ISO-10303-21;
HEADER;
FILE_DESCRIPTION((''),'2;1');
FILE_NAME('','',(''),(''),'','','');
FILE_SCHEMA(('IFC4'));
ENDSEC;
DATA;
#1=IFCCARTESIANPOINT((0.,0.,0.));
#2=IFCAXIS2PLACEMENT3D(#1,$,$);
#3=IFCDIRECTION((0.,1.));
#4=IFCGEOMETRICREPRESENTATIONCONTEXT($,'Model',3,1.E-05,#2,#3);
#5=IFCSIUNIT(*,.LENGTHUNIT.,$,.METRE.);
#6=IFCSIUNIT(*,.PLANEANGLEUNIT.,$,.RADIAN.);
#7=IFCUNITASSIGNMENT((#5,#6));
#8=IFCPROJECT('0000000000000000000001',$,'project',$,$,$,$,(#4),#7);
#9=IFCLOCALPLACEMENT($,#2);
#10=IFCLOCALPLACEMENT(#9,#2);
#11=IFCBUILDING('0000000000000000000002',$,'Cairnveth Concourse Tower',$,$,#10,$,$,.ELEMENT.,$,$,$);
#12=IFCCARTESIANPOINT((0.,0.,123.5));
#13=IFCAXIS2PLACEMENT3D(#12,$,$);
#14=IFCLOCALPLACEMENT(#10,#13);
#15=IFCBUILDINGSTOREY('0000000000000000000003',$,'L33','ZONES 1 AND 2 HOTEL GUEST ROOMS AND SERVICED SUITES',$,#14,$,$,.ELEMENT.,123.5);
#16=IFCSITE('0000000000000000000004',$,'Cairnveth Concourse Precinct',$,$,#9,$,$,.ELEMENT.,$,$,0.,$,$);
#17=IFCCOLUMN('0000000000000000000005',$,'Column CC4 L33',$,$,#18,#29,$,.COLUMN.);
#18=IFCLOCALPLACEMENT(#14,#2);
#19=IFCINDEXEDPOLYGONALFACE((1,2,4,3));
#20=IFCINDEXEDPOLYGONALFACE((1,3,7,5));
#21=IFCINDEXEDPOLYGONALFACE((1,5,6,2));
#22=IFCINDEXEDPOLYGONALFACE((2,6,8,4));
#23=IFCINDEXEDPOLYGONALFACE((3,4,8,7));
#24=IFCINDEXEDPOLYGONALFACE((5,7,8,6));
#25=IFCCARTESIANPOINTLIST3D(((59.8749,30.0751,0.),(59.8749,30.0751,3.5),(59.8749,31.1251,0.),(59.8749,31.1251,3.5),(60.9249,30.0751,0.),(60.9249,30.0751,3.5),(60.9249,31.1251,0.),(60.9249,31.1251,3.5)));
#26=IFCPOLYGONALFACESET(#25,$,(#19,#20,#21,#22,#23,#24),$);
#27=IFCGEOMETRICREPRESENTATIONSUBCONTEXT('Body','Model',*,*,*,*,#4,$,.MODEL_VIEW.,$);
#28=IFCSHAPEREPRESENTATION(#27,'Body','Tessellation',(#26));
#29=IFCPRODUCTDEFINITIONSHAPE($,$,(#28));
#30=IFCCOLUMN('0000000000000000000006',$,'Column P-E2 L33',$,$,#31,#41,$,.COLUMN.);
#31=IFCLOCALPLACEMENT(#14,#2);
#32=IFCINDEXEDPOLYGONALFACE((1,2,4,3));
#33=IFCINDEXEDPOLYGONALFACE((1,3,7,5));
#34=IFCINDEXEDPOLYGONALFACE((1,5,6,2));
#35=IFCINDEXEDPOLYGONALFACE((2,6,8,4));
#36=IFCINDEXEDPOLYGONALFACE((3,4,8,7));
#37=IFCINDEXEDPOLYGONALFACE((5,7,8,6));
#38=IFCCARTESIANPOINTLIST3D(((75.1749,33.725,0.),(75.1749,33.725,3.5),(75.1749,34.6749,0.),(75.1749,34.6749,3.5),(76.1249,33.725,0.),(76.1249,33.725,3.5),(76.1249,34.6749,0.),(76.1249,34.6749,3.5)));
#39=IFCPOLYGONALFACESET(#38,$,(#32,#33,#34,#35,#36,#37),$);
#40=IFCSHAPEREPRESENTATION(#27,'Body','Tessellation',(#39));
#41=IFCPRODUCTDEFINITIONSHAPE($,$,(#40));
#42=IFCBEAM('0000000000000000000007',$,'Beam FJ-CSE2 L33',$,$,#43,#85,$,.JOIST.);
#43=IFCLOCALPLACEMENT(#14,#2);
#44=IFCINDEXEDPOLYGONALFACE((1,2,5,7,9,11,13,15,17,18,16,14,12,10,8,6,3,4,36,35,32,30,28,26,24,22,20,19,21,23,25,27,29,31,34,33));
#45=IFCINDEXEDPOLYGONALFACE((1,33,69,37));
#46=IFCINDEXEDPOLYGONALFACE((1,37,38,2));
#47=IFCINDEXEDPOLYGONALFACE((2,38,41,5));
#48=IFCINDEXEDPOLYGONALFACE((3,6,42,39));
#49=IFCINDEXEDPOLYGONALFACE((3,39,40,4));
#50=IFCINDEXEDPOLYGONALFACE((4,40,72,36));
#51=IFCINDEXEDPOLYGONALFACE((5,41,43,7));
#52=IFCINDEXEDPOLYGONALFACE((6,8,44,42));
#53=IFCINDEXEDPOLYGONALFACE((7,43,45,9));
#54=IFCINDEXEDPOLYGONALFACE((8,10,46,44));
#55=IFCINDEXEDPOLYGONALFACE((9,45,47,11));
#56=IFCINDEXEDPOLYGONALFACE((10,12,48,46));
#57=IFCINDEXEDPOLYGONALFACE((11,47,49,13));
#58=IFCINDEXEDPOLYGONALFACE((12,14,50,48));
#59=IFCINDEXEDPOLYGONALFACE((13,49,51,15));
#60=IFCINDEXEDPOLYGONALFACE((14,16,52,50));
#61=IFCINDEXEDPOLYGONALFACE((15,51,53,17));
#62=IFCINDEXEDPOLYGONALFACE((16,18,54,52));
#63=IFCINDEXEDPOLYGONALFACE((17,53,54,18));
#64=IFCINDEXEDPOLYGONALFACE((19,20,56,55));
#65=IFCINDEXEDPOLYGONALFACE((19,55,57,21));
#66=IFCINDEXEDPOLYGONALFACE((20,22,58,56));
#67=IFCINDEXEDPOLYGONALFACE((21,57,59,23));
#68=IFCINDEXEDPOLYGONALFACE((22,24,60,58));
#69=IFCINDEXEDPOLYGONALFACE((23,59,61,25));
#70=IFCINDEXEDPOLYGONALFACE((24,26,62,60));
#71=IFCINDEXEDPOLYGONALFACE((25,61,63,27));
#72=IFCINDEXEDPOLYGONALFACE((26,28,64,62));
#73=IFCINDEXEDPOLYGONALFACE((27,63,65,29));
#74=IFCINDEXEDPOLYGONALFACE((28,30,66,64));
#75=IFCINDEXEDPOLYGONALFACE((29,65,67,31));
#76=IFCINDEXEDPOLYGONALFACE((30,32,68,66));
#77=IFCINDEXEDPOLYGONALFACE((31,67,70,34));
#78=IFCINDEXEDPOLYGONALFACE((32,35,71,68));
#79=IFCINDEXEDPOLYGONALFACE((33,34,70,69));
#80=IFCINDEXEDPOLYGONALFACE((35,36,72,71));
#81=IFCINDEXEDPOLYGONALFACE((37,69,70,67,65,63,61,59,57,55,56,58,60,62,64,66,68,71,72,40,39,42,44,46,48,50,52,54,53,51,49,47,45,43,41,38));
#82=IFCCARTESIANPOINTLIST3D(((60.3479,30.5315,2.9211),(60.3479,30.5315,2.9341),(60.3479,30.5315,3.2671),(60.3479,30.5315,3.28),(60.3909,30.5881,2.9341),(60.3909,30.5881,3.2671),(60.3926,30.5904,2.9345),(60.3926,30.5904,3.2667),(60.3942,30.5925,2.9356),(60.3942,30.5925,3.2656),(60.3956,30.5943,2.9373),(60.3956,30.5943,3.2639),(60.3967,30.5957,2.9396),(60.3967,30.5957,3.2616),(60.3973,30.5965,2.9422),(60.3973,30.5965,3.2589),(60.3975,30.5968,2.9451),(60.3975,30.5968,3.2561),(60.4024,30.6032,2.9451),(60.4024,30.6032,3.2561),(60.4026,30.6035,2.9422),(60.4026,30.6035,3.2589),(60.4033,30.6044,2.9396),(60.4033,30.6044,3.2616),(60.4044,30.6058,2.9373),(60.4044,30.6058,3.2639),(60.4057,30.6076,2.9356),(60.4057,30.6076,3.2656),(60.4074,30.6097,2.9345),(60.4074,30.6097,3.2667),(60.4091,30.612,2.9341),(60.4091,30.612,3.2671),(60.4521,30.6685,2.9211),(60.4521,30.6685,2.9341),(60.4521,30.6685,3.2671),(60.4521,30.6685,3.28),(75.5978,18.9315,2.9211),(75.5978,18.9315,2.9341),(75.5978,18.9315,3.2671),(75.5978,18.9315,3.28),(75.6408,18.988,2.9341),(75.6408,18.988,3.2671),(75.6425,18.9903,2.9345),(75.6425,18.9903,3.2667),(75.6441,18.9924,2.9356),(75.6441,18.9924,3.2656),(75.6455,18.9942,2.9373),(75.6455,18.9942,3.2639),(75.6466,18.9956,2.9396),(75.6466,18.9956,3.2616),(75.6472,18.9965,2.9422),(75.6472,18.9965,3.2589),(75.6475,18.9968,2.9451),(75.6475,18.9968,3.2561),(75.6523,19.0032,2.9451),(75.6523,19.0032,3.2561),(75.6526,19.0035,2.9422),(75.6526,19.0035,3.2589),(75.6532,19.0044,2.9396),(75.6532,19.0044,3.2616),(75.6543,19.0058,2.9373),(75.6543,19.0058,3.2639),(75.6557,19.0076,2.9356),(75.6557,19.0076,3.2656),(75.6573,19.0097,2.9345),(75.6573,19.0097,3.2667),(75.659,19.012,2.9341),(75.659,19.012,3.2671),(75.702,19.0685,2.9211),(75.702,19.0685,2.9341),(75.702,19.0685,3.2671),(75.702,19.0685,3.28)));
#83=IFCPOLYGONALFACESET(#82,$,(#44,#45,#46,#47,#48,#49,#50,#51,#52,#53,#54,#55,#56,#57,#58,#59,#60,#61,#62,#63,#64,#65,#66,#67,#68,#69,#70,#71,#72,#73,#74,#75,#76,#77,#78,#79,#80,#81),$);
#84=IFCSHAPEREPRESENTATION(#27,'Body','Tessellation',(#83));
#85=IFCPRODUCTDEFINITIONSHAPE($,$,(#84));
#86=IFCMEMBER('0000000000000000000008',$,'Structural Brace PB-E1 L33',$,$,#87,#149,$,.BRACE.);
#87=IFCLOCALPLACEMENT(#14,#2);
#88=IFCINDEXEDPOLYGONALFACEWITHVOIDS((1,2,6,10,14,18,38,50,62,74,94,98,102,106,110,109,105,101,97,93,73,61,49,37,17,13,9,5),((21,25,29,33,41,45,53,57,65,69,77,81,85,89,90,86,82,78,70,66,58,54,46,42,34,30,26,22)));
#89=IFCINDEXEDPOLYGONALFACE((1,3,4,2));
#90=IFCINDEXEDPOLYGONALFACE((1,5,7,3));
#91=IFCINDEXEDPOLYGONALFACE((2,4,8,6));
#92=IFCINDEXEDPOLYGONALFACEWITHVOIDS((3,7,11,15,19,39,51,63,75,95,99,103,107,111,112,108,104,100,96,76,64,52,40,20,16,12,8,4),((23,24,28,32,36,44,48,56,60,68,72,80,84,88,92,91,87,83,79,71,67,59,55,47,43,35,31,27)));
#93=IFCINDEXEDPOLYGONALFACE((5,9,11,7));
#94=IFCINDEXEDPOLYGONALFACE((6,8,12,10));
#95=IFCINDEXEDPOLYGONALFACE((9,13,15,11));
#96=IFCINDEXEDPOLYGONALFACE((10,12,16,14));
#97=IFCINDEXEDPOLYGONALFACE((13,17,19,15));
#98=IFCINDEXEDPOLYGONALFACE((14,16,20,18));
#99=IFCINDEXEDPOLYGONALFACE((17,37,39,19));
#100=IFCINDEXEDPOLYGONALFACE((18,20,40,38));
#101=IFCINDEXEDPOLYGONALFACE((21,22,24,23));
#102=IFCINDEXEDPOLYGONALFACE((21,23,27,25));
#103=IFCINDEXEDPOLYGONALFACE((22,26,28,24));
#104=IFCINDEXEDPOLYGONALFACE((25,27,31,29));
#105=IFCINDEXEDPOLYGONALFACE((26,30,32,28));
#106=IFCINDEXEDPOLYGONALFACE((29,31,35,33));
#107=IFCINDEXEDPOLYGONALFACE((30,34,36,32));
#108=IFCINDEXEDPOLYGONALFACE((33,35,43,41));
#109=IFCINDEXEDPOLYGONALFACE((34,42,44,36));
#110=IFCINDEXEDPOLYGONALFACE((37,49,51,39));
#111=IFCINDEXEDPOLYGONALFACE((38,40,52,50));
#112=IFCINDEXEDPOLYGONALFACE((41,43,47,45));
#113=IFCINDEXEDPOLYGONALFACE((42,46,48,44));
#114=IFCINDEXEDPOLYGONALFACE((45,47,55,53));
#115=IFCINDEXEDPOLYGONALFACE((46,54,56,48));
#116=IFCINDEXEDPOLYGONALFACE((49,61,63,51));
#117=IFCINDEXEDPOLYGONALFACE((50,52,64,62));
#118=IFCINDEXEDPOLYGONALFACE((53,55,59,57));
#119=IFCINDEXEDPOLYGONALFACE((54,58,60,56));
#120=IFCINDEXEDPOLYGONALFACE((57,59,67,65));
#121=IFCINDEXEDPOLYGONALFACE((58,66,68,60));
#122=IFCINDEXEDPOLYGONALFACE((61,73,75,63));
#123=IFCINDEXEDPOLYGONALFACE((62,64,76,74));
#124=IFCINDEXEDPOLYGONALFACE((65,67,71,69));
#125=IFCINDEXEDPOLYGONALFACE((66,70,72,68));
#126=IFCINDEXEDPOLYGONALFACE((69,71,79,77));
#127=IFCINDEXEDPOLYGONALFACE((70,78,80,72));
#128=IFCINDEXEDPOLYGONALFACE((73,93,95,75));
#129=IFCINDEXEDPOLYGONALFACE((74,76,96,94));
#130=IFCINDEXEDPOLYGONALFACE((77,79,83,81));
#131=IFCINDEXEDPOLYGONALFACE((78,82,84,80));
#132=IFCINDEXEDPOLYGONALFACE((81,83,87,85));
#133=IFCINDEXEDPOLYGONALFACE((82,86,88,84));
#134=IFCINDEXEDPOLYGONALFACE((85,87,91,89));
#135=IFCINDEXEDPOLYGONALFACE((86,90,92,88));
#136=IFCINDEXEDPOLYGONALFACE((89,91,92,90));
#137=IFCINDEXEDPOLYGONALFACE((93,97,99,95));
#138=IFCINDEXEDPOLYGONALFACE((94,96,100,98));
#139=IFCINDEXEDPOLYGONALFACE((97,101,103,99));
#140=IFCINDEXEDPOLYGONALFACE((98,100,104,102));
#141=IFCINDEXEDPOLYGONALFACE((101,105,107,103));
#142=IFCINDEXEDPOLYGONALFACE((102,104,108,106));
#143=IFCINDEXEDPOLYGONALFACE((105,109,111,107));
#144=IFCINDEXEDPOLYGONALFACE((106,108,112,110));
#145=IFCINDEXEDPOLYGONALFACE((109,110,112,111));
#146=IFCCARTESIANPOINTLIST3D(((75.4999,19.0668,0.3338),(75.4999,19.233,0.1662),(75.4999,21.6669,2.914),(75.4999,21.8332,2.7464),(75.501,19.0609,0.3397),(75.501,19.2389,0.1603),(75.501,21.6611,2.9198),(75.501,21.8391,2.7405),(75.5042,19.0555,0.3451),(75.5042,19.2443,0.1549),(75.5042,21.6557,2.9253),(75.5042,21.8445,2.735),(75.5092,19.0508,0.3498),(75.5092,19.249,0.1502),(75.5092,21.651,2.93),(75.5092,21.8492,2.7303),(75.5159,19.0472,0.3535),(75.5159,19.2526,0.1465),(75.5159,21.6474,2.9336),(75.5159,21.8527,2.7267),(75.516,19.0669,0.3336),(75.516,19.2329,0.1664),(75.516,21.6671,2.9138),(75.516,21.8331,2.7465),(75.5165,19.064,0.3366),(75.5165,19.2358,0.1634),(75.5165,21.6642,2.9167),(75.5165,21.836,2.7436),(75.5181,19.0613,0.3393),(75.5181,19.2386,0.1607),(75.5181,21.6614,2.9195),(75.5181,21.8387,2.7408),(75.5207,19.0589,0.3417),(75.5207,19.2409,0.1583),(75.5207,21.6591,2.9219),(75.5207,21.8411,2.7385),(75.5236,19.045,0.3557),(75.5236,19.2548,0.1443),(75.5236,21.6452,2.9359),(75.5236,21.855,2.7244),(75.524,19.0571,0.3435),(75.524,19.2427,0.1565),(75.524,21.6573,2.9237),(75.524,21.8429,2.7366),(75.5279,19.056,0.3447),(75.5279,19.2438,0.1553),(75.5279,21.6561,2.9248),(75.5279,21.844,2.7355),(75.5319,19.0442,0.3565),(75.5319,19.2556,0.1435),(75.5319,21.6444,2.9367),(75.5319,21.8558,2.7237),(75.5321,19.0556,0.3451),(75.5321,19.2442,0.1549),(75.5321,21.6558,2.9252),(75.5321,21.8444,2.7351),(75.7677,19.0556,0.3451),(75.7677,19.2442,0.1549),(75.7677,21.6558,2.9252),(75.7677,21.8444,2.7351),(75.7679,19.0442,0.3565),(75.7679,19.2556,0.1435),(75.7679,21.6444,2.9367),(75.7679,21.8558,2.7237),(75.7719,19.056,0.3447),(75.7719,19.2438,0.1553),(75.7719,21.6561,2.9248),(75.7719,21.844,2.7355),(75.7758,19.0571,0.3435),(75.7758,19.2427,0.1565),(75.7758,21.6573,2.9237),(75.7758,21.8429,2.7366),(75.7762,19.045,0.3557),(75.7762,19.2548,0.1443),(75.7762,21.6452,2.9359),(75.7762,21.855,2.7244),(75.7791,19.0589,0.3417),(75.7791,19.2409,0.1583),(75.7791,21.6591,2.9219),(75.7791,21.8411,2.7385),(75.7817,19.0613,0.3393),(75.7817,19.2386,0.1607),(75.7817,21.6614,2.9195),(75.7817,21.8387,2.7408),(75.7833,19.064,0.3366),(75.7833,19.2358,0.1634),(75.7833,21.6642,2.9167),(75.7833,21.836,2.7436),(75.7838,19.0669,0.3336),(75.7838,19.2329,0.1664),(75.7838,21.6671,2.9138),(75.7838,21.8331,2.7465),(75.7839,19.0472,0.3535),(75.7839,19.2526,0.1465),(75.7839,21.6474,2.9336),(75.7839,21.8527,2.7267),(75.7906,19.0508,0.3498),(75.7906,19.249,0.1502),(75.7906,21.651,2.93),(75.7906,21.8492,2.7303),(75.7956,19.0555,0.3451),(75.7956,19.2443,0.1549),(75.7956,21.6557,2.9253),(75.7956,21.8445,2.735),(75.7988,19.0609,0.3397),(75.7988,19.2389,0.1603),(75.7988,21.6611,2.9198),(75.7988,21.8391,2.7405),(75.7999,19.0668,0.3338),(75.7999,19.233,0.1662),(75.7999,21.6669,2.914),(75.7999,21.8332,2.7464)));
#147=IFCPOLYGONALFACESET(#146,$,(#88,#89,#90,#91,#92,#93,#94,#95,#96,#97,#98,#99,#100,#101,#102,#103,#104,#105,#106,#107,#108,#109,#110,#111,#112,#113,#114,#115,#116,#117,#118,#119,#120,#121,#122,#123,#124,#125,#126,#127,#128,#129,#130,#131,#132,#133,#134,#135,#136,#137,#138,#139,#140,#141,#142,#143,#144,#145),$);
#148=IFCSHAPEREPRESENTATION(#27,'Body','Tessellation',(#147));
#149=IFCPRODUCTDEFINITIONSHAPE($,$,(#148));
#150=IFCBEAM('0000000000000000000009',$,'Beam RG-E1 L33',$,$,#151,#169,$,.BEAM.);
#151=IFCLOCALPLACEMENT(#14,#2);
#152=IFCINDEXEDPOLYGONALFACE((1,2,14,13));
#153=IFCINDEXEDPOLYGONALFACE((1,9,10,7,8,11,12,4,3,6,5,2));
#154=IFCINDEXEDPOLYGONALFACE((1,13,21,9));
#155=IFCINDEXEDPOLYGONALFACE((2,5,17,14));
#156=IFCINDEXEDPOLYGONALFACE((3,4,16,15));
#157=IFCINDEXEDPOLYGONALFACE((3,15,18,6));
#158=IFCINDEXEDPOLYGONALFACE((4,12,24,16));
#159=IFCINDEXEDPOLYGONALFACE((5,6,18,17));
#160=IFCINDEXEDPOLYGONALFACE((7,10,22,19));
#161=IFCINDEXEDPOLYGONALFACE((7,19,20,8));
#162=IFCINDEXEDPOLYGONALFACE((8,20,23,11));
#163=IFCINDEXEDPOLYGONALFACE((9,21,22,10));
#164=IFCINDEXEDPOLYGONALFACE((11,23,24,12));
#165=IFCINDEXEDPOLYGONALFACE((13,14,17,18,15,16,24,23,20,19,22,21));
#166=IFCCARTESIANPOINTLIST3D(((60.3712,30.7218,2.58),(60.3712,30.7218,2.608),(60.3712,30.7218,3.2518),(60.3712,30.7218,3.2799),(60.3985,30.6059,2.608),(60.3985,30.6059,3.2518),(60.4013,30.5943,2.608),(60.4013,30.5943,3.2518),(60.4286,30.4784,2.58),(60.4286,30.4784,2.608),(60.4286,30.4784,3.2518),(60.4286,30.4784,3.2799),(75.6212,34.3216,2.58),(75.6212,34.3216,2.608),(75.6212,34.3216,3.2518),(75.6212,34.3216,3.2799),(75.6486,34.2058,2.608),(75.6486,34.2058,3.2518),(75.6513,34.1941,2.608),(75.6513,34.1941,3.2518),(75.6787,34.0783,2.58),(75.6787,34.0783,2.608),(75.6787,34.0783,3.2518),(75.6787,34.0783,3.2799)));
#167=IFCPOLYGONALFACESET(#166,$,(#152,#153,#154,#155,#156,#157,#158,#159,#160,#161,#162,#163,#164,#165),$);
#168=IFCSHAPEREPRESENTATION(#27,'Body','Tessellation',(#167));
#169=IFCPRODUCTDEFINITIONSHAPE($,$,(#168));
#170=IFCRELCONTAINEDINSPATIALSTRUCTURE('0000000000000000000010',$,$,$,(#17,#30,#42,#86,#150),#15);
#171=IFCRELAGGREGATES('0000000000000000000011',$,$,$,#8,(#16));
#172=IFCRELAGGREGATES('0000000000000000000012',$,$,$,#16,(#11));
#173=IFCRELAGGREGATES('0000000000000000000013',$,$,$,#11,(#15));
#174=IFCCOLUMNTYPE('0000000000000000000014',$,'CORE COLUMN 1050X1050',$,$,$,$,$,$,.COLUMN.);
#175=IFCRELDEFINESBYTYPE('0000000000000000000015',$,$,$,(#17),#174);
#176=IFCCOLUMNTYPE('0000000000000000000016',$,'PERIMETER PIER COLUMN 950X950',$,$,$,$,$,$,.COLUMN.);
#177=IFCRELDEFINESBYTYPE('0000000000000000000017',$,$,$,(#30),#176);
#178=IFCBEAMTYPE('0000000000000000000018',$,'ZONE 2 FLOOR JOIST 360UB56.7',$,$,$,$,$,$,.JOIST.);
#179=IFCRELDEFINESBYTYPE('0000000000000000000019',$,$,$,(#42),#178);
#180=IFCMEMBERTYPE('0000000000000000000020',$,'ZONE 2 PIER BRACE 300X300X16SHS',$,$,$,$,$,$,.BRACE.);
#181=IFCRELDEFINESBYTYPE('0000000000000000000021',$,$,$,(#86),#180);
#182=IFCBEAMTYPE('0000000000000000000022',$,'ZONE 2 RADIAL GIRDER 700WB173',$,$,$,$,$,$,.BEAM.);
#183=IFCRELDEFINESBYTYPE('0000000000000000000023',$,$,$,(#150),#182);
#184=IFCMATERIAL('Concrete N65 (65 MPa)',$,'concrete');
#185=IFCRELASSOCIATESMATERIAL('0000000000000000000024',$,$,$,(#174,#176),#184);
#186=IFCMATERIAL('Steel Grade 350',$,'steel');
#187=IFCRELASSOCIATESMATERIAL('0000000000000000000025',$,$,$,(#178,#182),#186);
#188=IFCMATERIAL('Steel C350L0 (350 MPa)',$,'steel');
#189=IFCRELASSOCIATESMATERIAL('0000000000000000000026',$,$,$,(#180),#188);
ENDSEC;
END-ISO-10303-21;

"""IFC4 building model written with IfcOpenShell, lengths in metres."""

from ifc_helpers import new_model, si_unit, direction, frame, origin, origin_2d, place, context, subcontext, project, spatial, rectangle, hollow_rectangle, i_section, extrude, material, material_profile, profile_set, type_object, element, save


model = new_model("IFC4")

# Units and contexts
model_context = context("Model", 3, precision=1e-05, world=origin(), true_north=direction((0.0, 1.0)))
body_context = subcontext(model_context, "Body", "Model", "MODEL_VIEW")
ifc_project = project(units=[si_unit("LENGTHUNIT", "METRE"), si_unit("PLANEANGLEUNIT", "RADIAN")], contexts=[model_context])

# Site, building, storey
site_placement = place(None, origin())
site = spatial("IfcSite", under=ifc_project, at=site_placement, Name="Cairnveth Concourse Precinct", CompositionType="ELEMENT", RefElevation=0.0)
building_placement = place(site_placement, origin())
building = spatial("IfcBuilding", under=site, at=building_placement, Name="Cairnveth Concourse Tower", CompositionType="ELEMENT")
storey_placement = place(building_placement, frame((0.0, 0.0, 123.5)))
storey = spatial("IfcBuildingStorey", under=building, at=storey_placement, Name="L33", Description="ZONES 1 AND 2 HOTEL GUEST ROOMS AND SERVICED SUITES", CompositionType="ELEMENT", Elevation=123.5)

# Columns
ifc_material_1 = material(Name="Concrete N65 (65 MPa)", Category="concrete")
ifc_material_profile_1 = material_profile(ifc_material_1, rectangle(XDim=1.05, YDim=1.05, at=origin_2d()), Name="RC-COL-1050x1050")
ifc_profile_set_1 = profile_set([ifc_material_profile_1], Name="Concrete N65 (65 MPa)")
column_type_1 = type_object("IfcColumnType", Name="CORE COLUMN 1050X1050", PredefinedType="COLUMN", material=ifc_profile_set_1)
column_1_placement = place(storey_placement, frame((60.3999, 30.6001, 0.0), z_axis=(0.0, 0.0, 1.0), x_axis=(1.0, 0.0, 0.0)))
element("IfcColumn", 1, at=column_1_placement, inside=storey, type_object=column_type_1, Name="Column CC4 L33", PredefinedType="COLUMN", context=body_context, shape_type="SweptSolid", body=[
    extrude(rectangle(XDim=1.05, YDim=1.05, at=origin_2d()), origin(), (0.0, 0.0, 1.0), 3.5),
])
ifc_material_profile_2 = material_profile(ifc_material_1, rectangle(XDim=0.95, YDim=0.95, at=origin_2d()), Name="RC-COL-950x950")
ifc_profile_set_2 = profile_set([ifc_material_profile_2], Name="Concrete N65 (65 MPa)")
column_type_2 = type_object("IfcColumnType", Name="PERIMETER PIER COLUMN 950X950", PredefinedType="COLUMN", material=ifc_profile_set_2)
column_2_placement = place(storey_placement, frame((75.6499, 34.2, 0.0), z_axis=(0.0, 0.0, 1.0), x_axis=(0.0, 1.0, 0.0)))
element("IfcColumn", 2, at=column_2_placement, inside=storey, type_object=column_type_2, Name="Column P-E2 L33", PredefinedType="COLUMN", context=body_context, shape_type="SweptSolid", body=[
    extrude(rectangle(XDim=0.95, YDim=0.95, at=origin_2d()), origin(), (0.0, 0.0, 1.0), 3.5),
])

# Beam
ifc_material_2 = material(Name="Steel Grade 350", Category="steel")
ifc_material_profile_3 = material_profile(ifc_material_2, i_section(OverallWidth=0.1721, OverallDepth=0.3589, WebThickness=0.0081, FlangeThickness=0.0129, FilletRadius=0.011, at=origin_2d()), Name="360UB56.7")
ifc_profile_set_3 = profile_set([ifc_material_profile_3], Name="Steel Grade 350")
beam_type_1 = type_object("IfcBeamType", Name="ZONE 2 FLOOR JOIST 360UB56.7", PredefinedType="JOIST", material=ifc_profile_set_3)
beam_1_placement = place(storey_placement, frame((75.6499, 19.0, 3.1006), z_axis=(-0.795908, 0.605417, 0.0), x_axis=(-0.605417, -0.795908, 0.0)))
element("IfcBeam", 3, at=beam_1_placement, inside=storey, type_object=beam_type_1, Name="Beam FJ-CSE2 L33", PredefinedType="JOIST", context=body_context, shape_type="SweptSolid", body=[
    extrude(i_section(OverallWidth=0.1721, OverallDepth=0.3589, WebThickness=0.0081, FlangeThickness=0.0129, FilletRadius=0.011, at=origin_2d()), origin(), (0.0, 0.0, 1.0), 19.1604),
])

# Member
ifc_material_3 = material(Name="Steel C350L0 (350 MPa)", Category="steel")
ifc_material_profile_4 = material_profile(ifc_material_3, hollow_rectangle(XDim=0.3, YDim=0.3, WallThickness=0.0161, InnerFilletRadius=0.0161, OuterFilletRadius=0.032, at=origin_2d()), Name="300x300x16.0SHS")
ifc_profile_set_4 = profile_set([ifc_material_profile_4], Name="Steel C350L0 (350 MPa)")
member_type = type_object("IfcMemberType", Name="ZONE 2 PIER BRACE 300X300X16SHS", PredefinedType="BRACE", material=ifc_profile_set_4)
member_placement = place(storey_placement, frame((75.6499, 19.1499, 0.25), z_axis=(0.0, 0.709834, 0.704369), x_axis=(-1.0, 0.0, 0.0)))
element("IfcMember", 4, at=member_placement, inside=storey, type_object=member_type, Name="Structural Brace PB-E1 L33", PredefinedType="BRACE", context=body_context, shape_type="SweptSolid", body=[
    extrude(hollow_rectangle(XDim=0.3, YDim=0.3, WallThickness=0.0161, InnerFilletRadius=0.0161, OuterFilletRadius=0.032, at=origin_2d()), origin(), (0.0, 0.0, 1.0), 3.6631),
])

# Beam
ifc_material_profile_5 = material_profile(ifc_material_2, i_section(OverallWidth=0.25, OverallDepth=0.7, WebThickness=0.012, FlangeThickness=0.0281, at=origin_2d()), Name="700WB173")
ifc_profile_set_5 = profile_set([ifc_material_profile_5], Name="Steel Grade 350")
beam_type_2 = type_object("IfcBeamType", Name="ZONE 2 RADIAL GIRDER 700WB173", PredefinedType="BEAM", material=ifc_profile_set_5)
beam_2_placement = place(storey_placement, frame((60.3999, 30.6001, 2.9299), z_axis=(0.973252, 0.229742, 0.0), x_axis=(-0.229742, 0.973252, 0.0)))
element("IfcBeam", 5, at=beam_2_placement, inside=storey, type_object=beam_type_2, Name="Beam RG-E1 L33", PredefinedType="BEAM", context=body_context, shape_type="SweptSolid", body=[
    extrude(i_section(OverallWidth=0.25, OverallDepth=0.7, WebThickness=0.012, FlangeThickness=0.0281, at=origin_2d()), origin(), (0.0, 0.0, 1.0), 15.6692),
])

save(model, "model.ifc")
